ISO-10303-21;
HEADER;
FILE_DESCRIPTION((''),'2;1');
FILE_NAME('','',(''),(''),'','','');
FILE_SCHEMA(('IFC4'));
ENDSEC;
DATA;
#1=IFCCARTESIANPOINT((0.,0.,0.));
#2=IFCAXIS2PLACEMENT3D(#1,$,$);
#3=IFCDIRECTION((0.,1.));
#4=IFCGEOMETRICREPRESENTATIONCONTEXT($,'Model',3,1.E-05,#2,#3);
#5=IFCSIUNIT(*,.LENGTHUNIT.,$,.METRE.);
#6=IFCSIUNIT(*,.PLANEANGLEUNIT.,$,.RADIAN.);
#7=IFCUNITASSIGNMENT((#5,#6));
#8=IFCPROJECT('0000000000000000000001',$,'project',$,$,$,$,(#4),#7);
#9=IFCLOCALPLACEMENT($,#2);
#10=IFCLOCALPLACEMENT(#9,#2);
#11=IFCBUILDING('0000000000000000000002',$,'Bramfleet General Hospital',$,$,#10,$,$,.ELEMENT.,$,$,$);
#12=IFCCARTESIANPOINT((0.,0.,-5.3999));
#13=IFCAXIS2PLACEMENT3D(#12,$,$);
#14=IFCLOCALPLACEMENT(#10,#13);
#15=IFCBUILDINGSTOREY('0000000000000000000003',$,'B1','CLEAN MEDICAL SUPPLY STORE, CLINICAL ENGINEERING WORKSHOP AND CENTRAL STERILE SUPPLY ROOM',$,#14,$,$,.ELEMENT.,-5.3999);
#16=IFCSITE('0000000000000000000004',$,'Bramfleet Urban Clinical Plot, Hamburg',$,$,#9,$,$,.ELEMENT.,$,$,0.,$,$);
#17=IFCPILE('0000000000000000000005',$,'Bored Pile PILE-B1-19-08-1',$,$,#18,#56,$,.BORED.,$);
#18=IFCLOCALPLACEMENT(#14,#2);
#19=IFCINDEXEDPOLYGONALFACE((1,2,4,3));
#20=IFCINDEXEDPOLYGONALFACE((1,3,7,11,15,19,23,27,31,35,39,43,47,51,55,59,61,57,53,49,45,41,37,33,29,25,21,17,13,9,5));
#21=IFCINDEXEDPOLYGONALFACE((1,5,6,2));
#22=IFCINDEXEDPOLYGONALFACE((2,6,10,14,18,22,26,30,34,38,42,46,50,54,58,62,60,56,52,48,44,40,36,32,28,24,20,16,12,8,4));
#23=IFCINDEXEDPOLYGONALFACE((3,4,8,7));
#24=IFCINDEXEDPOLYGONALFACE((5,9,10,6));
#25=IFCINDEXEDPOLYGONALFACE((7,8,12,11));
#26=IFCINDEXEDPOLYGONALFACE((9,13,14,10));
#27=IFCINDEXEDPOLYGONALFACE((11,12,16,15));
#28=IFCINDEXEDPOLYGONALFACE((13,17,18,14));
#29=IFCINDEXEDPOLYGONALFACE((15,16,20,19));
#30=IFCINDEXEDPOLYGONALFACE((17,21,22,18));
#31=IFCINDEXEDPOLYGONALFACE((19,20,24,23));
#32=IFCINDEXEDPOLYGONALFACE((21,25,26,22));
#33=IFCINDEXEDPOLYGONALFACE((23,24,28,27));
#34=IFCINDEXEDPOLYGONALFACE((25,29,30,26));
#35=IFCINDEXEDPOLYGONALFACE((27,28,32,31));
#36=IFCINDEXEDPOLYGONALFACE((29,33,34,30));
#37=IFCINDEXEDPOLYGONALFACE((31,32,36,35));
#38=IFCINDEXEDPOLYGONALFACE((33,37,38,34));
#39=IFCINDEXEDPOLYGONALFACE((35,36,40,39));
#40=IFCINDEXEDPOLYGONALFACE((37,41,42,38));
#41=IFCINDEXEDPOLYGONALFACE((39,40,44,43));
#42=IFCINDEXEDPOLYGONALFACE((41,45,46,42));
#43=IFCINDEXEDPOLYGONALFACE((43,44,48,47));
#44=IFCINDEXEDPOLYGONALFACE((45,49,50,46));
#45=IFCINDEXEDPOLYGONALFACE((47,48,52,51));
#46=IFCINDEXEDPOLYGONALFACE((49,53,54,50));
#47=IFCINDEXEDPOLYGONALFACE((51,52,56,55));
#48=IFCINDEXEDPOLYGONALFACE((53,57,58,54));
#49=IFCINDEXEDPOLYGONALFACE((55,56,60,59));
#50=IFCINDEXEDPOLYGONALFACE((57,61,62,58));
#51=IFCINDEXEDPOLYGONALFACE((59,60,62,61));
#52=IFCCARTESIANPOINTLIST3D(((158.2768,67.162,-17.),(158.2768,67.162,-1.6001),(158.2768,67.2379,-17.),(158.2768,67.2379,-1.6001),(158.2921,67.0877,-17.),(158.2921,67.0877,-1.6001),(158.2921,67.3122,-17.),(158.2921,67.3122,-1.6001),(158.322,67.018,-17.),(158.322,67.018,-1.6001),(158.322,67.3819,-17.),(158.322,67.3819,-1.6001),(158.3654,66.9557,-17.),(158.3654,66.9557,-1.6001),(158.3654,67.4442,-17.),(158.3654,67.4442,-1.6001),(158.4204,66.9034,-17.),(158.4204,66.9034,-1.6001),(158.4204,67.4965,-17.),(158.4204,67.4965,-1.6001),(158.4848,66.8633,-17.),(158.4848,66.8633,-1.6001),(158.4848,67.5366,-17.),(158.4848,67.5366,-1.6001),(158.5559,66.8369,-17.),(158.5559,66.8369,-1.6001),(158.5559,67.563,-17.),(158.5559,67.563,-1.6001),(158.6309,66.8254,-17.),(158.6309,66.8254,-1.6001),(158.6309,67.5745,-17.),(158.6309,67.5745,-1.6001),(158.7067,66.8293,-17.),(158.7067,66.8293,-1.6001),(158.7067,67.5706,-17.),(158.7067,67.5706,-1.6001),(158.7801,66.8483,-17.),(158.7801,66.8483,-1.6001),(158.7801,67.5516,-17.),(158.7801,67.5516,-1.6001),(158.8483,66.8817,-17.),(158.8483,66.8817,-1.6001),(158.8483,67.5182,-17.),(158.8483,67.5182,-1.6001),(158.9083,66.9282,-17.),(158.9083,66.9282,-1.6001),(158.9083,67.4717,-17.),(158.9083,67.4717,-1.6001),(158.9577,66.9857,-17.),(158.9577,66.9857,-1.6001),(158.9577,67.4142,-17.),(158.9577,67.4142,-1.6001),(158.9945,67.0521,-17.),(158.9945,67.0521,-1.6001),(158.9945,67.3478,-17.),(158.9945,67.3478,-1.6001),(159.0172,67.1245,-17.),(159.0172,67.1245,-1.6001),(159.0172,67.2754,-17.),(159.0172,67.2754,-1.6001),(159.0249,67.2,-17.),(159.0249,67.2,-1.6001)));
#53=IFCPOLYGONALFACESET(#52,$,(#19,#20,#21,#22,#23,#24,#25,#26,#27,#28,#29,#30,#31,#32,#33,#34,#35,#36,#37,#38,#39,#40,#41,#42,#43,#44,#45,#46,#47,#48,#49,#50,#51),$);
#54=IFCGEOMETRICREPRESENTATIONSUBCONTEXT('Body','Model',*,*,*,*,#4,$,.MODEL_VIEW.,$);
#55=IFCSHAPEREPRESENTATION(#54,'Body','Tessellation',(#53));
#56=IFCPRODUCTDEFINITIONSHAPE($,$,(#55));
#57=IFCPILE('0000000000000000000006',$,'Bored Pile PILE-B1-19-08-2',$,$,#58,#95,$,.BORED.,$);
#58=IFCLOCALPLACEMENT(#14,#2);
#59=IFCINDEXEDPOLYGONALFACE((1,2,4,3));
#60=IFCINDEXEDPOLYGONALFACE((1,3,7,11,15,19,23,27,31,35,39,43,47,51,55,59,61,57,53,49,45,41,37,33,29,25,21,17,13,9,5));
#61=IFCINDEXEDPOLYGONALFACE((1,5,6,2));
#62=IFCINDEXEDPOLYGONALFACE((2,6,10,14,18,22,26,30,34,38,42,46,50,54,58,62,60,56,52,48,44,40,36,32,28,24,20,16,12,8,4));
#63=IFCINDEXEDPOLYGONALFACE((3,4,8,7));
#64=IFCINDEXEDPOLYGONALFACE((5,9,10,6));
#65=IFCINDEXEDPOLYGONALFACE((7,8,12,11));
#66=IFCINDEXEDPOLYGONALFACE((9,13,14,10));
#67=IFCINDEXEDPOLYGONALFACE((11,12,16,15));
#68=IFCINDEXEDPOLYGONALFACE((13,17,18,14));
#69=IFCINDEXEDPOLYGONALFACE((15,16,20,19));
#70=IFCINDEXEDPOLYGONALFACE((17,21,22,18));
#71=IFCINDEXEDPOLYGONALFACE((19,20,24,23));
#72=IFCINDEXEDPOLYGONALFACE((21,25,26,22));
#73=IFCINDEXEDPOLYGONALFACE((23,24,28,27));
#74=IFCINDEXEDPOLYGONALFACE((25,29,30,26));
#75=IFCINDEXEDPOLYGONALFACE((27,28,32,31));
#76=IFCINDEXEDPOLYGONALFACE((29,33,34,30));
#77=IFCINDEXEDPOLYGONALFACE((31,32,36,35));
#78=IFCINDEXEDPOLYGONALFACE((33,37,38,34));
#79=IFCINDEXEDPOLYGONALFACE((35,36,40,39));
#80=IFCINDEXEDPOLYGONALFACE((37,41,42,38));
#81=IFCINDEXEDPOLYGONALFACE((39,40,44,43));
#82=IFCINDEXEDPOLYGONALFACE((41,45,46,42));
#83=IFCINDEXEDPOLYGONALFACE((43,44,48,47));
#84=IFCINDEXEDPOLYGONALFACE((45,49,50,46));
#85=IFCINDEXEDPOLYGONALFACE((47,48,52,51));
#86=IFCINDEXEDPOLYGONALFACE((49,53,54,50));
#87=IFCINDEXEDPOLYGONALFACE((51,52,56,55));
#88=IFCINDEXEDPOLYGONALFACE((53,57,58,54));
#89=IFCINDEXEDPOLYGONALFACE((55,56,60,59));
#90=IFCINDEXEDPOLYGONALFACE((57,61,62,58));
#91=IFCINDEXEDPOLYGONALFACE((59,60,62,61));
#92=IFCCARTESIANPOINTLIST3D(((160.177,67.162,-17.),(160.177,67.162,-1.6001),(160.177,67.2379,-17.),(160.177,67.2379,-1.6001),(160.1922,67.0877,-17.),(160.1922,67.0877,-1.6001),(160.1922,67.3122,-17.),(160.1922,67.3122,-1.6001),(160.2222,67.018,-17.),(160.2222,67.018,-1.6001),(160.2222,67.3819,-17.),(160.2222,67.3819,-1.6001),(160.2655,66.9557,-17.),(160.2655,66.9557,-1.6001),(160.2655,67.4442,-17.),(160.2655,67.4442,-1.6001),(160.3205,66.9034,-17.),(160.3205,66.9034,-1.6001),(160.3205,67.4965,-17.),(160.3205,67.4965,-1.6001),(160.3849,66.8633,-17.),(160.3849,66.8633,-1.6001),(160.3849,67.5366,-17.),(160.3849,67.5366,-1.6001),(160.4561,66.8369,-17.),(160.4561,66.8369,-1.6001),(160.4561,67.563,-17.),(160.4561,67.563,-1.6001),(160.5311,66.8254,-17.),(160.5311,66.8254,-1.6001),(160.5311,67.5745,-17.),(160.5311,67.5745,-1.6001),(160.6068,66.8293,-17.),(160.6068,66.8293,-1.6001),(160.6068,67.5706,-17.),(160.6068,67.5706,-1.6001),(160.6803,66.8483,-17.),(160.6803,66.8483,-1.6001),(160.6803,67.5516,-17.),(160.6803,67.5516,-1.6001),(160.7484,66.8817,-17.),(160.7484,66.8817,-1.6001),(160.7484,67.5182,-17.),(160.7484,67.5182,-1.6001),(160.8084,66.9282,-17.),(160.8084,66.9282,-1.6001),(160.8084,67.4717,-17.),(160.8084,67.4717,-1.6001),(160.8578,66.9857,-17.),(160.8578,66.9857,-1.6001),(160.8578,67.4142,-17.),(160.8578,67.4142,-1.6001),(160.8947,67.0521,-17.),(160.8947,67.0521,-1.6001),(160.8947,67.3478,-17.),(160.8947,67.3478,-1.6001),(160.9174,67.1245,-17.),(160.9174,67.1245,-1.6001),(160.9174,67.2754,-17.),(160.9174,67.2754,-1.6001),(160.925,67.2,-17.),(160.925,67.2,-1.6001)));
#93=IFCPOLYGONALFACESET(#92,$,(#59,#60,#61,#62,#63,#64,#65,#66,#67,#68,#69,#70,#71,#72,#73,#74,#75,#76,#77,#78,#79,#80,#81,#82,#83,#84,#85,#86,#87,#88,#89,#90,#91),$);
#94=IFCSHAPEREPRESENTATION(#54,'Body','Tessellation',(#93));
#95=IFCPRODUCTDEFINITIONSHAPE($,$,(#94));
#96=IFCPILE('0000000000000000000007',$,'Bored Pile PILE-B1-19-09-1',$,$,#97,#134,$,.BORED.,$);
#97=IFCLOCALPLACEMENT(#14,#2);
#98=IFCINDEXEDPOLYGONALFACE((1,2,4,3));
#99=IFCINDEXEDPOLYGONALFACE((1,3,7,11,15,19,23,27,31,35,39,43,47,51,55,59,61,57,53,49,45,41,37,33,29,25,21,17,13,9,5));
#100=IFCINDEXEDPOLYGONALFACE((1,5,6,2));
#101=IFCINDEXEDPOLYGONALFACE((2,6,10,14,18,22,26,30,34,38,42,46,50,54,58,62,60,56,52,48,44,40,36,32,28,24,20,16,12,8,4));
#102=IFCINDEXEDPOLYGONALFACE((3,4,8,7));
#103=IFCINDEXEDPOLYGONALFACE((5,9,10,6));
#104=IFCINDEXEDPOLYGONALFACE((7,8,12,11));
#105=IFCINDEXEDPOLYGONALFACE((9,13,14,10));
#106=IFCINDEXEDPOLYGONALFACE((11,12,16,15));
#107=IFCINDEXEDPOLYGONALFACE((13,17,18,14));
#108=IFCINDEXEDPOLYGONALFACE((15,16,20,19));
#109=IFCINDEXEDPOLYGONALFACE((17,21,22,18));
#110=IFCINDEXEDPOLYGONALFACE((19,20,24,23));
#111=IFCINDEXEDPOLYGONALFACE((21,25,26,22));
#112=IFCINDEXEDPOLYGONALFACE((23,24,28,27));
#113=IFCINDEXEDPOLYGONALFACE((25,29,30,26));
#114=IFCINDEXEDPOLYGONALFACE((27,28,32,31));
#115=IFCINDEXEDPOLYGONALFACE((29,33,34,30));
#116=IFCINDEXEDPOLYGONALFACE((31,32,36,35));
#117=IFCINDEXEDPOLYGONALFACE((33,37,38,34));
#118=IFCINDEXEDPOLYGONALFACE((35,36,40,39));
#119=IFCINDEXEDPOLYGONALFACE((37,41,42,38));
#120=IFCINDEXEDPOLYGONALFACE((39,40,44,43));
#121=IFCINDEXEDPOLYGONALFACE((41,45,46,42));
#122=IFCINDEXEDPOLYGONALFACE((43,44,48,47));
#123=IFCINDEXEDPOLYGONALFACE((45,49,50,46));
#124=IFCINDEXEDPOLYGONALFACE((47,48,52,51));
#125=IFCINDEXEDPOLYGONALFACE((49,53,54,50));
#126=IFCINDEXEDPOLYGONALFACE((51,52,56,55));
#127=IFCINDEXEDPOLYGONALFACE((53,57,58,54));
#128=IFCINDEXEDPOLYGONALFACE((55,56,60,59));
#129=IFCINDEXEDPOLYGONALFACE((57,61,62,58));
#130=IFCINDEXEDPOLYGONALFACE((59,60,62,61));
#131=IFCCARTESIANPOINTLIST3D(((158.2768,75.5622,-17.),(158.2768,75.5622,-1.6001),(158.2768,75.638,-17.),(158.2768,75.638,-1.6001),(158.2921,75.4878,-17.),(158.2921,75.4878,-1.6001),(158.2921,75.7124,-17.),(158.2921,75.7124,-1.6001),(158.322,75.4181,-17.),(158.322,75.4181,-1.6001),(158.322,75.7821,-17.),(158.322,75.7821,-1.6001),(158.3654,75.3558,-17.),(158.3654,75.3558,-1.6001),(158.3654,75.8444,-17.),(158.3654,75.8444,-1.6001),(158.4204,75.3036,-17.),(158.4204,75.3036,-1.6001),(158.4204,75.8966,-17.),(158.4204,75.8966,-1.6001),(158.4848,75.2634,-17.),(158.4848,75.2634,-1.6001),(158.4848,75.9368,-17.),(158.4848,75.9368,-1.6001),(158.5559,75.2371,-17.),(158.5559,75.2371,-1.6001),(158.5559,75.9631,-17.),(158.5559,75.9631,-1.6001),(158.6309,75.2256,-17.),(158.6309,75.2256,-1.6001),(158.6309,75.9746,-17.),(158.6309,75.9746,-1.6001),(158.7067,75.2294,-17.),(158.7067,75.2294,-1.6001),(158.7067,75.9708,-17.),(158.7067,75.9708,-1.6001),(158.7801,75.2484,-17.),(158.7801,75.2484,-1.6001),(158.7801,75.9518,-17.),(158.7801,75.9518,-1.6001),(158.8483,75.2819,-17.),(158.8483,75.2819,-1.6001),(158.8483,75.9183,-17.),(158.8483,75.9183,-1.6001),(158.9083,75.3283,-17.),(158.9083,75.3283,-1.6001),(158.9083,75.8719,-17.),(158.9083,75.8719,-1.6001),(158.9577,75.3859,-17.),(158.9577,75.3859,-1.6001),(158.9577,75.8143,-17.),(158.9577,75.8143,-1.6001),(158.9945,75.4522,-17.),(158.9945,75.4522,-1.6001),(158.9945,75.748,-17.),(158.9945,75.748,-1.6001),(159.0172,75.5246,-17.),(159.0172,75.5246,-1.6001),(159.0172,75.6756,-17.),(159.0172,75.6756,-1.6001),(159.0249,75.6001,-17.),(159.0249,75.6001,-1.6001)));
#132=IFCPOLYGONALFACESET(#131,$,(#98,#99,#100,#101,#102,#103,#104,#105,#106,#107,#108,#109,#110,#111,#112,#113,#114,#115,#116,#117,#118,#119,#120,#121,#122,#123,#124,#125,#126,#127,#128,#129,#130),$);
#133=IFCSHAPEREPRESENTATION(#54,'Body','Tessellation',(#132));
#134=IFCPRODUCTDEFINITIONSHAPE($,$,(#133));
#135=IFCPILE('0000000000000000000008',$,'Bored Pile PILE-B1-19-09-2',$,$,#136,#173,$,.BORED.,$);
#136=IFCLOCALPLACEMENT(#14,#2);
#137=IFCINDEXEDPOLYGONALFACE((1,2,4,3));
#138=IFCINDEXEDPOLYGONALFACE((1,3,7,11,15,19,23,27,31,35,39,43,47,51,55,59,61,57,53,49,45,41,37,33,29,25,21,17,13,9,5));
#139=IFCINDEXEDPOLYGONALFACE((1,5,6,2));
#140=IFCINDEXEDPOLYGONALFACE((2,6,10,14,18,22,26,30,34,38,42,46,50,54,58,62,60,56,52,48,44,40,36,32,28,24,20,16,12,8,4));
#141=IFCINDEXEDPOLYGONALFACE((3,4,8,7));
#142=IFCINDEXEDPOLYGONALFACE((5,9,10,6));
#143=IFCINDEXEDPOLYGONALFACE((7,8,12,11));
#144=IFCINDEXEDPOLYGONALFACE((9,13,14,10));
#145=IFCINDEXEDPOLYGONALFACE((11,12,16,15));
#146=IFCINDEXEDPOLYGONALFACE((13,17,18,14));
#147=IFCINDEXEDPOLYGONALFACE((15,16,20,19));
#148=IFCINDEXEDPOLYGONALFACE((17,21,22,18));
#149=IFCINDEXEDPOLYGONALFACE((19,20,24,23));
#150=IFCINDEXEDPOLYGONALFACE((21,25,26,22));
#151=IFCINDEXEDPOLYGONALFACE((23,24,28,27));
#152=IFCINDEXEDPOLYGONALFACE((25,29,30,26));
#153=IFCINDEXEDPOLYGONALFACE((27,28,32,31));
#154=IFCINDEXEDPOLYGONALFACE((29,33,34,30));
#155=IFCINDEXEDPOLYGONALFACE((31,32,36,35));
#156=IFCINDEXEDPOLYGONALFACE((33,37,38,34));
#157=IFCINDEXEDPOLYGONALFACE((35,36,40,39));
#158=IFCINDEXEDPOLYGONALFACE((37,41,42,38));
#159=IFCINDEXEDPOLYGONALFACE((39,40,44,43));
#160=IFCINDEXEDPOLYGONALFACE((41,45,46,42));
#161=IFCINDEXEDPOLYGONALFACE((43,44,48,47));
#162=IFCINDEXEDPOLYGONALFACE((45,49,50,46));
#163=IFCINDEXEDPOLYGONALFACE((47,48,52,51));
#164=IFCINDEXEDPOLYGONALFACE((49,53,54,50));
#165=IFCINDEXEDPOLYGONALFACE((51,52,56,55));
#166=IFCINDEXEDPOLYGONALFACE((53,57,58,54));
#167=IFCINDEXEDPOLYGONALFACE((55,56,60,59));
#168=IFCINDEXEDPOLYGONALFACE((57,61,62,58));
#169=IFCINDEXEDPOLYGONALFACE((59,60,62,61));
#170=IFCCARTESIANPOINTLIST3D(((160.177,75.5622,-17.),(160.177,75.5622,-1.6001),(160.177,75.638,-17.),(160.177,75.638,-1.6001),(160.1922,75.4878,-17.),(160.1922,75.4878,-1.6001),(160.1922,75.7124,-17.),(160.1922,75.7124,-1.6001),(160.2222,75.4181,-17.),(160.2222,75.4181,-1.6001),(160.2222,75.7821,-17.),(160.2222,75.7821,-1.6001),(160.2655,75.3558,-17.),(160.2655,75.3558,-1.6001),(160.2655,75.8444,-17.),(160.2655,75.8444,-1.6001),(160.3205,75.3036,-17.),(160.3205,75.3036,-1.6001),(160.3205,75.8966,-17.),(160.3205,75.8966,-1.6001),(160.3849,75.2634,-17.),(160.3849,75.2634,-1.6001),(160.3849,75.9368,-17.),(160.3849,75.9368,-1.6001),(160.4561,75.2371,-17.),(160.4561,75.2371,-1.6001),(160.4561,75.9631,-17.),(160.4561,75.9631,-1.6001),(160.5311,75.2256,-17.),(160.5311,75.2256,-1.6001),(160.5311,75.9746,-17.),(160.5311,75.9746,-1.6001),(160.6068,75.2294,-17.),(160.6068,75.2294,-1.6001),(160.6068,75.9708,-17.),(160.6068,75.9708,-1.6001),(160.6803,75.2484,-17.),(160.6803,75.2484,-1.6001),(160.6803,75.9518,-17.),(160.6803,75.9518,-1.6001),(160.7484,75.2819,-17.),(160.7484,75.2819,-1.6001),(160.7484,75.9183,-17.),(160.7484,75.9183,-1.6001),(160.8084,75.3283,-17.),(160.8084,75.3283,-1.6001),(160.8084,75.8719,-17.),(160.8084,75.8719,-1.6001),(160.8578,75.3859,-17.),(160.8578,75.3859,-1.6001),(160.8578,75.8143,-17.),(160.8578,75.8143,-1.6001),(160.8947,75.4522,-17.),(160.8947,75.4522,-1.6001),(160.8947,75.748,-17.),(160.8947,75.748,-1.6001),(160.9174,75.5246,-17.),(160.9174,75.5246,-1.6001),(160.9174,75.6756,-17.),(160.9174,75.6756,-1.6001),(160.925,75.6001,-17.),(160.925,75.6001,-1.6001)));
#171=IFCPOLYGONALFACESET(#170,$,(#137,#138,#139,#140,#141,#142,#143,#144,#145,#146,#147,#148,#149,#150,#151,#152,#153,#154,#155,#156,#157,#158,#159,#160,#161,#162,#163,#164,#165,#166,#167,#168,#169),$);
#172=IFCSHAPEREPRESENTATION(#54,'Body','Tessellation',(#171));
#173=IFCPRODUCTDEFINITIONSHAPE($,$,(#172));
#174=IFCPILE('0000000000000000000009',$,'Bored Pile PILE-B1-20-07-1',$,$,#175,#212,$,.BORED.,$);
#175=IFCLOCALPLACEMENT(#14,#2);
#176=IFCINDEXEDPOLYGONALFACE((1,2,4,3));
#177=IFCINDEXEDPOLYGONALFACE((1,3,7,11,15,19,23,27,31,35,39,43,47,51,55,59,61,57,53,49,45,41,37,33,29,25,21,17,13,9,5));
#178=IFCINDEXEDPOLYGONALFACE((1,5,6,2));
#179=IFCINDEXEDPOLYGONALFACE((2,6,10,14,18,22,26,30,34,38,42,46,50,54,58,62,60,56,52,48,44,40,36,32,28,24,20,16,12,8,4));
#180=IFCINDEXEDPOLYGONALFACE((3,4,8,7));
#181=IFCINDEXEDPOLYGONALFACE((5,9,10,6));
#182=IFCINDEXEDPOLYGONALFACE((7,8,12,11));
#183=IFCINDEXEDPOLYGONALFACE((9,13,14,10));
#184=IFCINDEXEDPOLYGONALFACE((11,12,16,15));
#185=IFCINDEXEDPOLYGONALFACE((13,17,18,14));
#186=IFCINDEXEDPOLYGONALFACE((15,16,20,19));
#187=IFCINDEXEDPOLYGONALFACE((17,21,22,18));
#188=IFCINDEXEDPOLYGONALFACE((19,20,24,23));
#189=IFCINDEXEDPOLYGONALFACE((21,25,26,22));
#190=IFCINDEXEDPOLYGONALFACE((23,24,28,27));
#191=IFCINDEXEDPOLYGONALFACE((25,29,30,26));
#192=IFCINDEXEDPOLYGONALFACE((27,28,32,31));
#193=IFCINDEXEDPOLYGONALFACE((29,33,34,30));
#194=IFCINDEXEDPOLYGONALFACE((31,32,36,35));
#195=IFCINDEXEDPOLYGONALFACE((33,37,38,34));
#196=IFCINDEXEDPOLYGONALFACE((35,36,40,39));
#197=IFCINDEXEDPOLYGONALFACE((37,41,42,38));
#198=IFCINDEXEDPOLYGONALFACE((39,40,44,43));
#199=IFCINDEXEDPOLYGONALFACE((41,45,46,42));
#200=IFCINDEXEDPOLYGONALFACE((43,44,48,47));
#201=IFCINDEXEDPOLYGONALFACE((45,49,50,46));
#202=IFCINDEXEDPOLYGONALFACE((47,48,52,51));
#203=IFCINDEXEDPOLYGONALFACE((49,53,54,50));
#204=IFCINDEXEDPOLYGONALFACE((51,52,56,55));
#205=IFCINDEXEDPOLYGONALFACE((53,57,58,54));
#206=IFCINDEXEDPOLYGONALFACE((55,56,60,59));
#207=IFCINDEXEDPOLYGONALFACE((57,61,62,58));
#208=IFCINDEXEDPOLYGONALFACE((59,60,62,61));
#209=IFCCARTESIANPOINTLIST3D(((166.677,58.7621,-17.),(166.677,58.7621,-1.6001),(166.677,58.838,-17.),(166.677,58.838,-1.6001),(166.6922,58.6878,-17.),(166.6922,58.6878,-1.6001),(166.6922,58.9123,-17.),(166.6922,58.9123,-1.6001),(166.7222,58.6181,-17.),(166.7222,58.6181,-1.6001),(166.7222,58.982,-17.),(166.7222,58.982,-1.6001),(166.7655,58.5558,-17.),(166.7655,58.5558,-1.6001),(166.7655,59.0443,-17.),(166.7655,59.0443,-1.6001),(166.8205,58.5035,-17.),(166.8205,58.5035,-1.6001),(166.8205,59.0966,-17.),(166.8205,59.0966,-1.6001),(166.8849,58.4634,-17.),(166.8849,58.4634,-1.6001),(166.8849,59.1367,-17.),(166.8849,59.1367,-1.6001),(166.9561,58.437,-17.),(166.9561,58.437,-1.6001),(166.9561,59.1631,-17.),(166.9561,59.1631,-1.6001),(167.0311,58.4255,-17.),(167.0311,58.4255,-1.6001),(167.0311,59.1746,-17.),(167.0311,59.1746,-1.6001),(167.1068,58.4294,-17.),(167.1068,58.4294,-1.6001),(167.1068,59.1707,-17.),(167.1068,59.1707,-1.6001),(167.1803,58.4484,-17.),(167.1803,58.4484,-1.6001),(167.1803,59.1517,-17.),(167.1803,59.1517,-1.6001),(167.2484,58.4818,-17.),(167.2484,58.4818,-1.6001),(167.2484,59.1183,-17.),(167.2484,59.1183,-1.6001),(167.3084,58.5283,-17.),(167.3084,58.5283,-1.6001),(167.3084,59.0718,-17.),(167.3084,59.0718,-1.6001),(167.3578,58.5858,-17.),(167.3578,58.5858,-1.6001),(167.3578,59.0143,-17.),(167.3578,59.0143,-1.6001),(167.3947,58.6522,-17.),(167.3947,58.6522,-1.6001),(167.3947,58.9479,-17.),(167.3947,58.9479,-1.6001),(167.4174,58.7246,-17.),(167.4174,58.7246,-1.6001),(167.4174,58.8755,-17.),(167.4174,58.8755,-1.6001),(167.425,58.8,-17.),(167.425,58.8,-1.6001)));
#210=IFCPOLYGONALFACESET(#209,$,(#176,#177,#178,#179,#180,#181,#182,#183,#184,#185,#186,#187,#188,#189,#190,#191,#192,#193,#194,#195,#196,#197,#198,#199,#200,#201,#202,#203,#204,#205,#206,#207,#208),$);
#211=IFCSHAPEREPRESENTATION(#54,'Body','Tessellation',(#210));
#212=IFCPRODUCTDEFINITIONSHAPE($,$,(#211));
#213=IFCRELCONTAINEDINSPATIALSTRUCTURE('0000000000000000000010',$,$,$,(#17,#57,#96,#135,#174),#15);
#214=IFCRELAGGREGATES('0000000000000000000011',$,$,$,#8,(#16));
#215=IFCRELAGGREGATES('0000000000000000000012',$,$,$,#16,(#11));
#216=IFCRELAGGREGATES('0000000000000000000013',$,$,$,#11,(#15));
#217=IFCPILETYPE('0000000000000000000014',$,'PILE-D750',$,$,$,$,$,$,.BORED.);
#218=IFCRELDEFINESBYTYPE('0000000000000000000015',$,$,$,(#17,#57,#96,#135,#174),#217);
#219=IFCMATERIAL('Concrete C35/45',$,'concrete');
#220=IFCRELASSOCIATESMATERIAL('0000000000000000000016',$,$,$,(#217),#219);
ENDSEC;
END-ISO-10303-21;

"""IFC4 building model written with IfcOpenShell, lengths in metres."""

from ifc_helpers import new_model, si_unit, direction, frame, origin, origin_2d, place, context, subcontext, project, spatial, circle, extrude, material, material_profile, profile_set, type_object, element, save


model = new_model("IFC4")

# Units and contexts
model_context = context("Model", 3, precision=1e-05, world=origin(), true_north=direction((0.0, 1.0)))
body_context = subcontext(model_context, "Body", "Model", "MODEL_VIEW")
ifc_project = project(units=[si_unit("LENGTHUNIT", "METRE"), si_unit("PLANEANGLEUNIT", "RADIAN")], contexts=[model_context])

# Site, building, storey
site_placement = place(None, origin())
site = spatial("IfcSite", under=ifc_project, at=site_placement, Name="Bramfleet Urban Clinical Plot, Hamburg", CompositionType="ELEMENT", RefElevation=0.0)
building_placement = place(site_placement, origin())
building = spatial("IfcBuilding", under=site, at=building_placement, Name="Bramfleet General Hospital", CompositionType="ELEMENT")
storey_placement = place(building_placement, frame((0.0, 0.0, -5.3999)))
storey = spatial("IfcBuildingStorey", under=building, at=storey_placement, Name="B1", Description="CLEAN MEDICAL SUPPLY STORE, CLINICAL ENGINEERING WORKSHOP AND CENTRAL STERILE SUPPLY ROOM", CompositionType="ELEMENT", Elevation=-5.3999)

# Shared definitions
ifc_material_1 = material(Name="Concrete C35/45", Category="concrete")

# Piles
ifc_material_profile_1 = material_profile(ifc_material_1, circle(Radius=0.375, at=origin_2d()), Name="PILE BORED D750")
ifc_profile_set_1 = profile_set([ifc_material_profile_1], Name="Concrete C35/45")
pile_type = type_object("IfcPileType", Name="PILE-D750", PredefinedType="BORED", material=ifc_profile_set_1)
for number, where, z_axis, x_axis, name in (
    (1, (158.6499, 67.2, -1.6001), (0.0, 0.0, -1.0), (1.0, 0.0, 0.0), "Bored Pile PILE-B1-19-08-1"),
    (2, (160.55, 67.2, -1.6001), (0.0, 0.0, -1.0), (1.0, 0.0, 0.0), "Bored Pile PILE-B1-19-08-2"),
    (3, (158.6499, 75.6001, -1.6001), (0.0, 0.0, -1.0), (1.0, 0.0, 0.0), "Bored Pile PILE-B1-19-09-1"),
    (4, (160.55, 75.6001, -1.6001), (0.0, 0.0, -1.0), (1.0, 0.0, 0.0), "Bored Pile PILE-B1-19-09-2"),
    (5, (167.05, 58.8, -1.6001), (0.0, 0.0, -1.0), (1.0, 0.0, 0.0), "Bored Pile PILE-B1-20-07-1"),
):
    element("IfcPile", number, at=place(storey_placement, frame(where, z_axis=z_axis, x_axis=x_axis)), inside=storey, type_object=pile_type, Name=name, PredefinedType="BORED", context=body_context, shape_type="SweptSolid", body=[
        extrude(circle(Radius=0.375, at=origin_2d()), origin(), (0.0, 0.0, 1.0), 15.3999),
    ])

save(model, "model.ifc")
